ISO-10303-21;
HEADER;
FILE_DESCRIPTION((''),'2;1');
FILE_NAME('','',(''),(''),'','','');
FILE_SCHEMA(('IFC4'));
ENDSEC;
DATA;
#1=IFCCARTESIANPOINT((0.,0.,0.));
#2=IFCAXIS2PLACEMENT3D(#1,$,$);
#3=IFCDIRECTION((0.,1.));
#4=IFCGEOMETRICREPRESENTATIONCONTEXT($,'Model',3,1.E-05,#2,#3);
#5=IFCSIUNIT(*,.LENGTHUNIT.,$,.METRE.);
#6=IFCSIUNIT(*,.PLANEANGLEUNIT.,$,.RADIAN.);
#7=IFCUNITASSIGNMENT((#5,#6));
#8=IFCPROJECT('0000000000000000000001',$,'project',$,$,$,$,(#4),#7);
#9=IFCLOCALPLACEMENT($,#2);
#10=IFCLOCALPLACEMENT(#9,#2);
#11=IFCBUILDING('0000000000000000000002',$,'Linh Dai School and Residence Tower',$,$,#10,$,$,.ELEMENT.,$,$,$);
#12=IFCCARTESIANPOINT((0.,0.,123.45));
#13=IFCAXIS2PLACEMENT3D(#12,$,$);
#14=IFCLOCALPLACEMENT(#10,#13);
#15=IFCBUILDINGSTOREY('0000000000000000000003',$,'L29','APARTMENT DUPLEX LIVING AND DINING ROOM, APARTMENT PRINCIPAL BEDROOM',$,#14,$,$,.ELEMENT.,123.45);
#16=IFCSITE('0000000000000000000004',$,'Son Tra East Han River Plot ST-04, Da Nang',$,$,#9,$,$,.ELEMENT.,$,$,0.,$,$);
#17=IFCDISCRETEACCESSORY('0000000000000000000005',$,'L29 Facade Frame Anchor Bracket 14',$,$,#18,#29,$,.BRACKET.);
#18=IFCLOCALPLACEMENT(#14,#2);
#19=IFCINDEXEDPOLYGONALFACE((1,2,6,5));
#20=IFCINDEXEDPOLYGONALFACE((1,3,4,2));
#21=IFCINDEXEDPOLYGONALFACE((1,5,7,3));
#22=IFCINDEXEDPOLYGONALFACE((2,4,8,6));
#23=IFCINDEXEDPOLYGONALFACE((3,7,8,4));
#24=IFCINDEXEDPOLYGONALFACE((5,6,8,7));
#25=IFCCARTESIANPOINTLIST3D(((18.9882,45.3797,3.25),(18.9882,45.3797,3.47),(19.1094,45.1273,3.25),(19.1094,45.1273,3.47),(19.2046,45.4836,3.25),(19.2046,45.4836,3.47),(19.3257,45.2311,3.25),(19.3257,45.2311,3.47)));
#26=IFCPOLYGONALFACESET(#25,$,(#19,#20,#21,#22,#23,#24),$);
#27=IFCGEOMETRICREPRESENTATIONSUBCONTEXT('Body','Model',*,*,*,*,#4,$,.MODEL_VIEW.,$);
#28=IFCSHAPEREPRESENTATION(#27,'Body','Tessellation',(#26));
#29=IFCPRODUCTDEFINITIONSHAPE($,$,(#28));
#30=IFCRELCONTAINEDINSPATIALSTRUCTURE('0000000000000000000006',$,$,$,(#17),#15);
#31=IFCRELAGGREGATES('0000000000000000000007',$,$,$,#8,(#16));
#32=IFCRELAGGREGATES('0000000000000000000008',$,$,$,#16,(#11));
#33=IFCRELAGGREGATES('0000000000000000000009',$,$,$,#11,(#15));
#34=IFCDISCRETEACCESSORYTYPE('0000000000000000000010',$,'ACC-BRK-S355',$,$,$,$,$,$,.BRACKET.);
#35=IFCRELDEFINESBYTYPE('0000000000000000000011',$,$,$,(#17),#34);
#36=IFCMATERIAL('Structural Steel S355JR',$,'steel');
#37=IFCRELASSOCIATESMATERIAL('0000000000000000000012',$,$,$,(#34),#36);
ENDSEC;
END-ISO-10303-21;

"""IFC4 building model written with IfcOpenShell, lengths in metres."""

from ifc_helpers import new_model, si_unit, direction, frame, origin, origin_2d, place, context, subcontext, project, spatial, rectangle, extrude, source, transform, mapped, material, type_object, element, save


model = new_model("IFC4")

# Units and contexts
model_context = context("Model", 3, precision=1e-05, world=origin(), true_north=direction((0.0, 1.0)))
body_context = subcontext(model_context, "Body", "Model", "MODEL_VIEW")
ifc_project = project(units=[si_unit("LENGTHUNIT", "METRE"), si_unit("PLANEANGLEUNIT", "RADIAN")], contexts=[model_context])

# Site, building, storey
site_placement = place(None, origin())
site = spatial("IfcSite", under=ifc_project, at=site_placement, Name="Son Tra East Han River Plot ST-04, Da Nang", CompositionType="ELEMENT", RefElevation=0.0)
building_placement = place(site_placement, origin())
building = spatial("IfcBuilding", under=site, at=building_placement, Name="Linh Dai School and Residence Tower", CompositionType="ELEMENT")
storey_placement = place(building_placement, frame((0.0, 0.0, 123.45)))
storey = spatial("IfcBuildingStorey", under=building, at=storey_placement, Name="L29", Description="APARTMENT DUPLEX LIVING AND DINING ROOM, APARTMENT PRINCIPAL BEDROOM", CompositionType="ELEMENT", Elevation=123.45)

# Shared definitions
ifc_material_1 = material(Name="Structural Steel S355JR", Category="steel")

# Discrete accessory
discrete_accessory_type = type_object("IfcDiscreteAccessoryType", Name="ACC-BRK-S355", PredefinedType="BRACKET", material=ifc_material_1)
shared_shape_1 = source(origin(), body_context, "Body", "SweptSolid", [
    extrude(rectangle(XDim=0.28, YDim=0.24, at=origin_2d()), origin(), (0.0, 0.0, 1.0), 0.22),
])
discrete_accessory_placement = place(storey_placement, frame((19.157, 45.3054, 3.25), z_axis=(0.0, 0.0, 1.0), x_axis=(-0.432618, 0.901578, 0.0)))
element("IfcDiscreteAccessory", 1, at=discrete_accessory_placement, inside=storey, type_object=discrete_accessory_type, Name="L29 Facade Frame Anchor Bracket 14", PredefinedType="BRACKET", context=body_context, shape_type="MappedRepresentation", body=[
    mapped(shared_shape_1, transform((0.0, 0.0, 0.0), x_axis=(1.0, 0.0, 0.0), y_axis=(0.0, 1.0, 0.0), z_axis=(0.0, 0.0, 1.0), scale=1.0)),
])

save(model, "model.ifc")
